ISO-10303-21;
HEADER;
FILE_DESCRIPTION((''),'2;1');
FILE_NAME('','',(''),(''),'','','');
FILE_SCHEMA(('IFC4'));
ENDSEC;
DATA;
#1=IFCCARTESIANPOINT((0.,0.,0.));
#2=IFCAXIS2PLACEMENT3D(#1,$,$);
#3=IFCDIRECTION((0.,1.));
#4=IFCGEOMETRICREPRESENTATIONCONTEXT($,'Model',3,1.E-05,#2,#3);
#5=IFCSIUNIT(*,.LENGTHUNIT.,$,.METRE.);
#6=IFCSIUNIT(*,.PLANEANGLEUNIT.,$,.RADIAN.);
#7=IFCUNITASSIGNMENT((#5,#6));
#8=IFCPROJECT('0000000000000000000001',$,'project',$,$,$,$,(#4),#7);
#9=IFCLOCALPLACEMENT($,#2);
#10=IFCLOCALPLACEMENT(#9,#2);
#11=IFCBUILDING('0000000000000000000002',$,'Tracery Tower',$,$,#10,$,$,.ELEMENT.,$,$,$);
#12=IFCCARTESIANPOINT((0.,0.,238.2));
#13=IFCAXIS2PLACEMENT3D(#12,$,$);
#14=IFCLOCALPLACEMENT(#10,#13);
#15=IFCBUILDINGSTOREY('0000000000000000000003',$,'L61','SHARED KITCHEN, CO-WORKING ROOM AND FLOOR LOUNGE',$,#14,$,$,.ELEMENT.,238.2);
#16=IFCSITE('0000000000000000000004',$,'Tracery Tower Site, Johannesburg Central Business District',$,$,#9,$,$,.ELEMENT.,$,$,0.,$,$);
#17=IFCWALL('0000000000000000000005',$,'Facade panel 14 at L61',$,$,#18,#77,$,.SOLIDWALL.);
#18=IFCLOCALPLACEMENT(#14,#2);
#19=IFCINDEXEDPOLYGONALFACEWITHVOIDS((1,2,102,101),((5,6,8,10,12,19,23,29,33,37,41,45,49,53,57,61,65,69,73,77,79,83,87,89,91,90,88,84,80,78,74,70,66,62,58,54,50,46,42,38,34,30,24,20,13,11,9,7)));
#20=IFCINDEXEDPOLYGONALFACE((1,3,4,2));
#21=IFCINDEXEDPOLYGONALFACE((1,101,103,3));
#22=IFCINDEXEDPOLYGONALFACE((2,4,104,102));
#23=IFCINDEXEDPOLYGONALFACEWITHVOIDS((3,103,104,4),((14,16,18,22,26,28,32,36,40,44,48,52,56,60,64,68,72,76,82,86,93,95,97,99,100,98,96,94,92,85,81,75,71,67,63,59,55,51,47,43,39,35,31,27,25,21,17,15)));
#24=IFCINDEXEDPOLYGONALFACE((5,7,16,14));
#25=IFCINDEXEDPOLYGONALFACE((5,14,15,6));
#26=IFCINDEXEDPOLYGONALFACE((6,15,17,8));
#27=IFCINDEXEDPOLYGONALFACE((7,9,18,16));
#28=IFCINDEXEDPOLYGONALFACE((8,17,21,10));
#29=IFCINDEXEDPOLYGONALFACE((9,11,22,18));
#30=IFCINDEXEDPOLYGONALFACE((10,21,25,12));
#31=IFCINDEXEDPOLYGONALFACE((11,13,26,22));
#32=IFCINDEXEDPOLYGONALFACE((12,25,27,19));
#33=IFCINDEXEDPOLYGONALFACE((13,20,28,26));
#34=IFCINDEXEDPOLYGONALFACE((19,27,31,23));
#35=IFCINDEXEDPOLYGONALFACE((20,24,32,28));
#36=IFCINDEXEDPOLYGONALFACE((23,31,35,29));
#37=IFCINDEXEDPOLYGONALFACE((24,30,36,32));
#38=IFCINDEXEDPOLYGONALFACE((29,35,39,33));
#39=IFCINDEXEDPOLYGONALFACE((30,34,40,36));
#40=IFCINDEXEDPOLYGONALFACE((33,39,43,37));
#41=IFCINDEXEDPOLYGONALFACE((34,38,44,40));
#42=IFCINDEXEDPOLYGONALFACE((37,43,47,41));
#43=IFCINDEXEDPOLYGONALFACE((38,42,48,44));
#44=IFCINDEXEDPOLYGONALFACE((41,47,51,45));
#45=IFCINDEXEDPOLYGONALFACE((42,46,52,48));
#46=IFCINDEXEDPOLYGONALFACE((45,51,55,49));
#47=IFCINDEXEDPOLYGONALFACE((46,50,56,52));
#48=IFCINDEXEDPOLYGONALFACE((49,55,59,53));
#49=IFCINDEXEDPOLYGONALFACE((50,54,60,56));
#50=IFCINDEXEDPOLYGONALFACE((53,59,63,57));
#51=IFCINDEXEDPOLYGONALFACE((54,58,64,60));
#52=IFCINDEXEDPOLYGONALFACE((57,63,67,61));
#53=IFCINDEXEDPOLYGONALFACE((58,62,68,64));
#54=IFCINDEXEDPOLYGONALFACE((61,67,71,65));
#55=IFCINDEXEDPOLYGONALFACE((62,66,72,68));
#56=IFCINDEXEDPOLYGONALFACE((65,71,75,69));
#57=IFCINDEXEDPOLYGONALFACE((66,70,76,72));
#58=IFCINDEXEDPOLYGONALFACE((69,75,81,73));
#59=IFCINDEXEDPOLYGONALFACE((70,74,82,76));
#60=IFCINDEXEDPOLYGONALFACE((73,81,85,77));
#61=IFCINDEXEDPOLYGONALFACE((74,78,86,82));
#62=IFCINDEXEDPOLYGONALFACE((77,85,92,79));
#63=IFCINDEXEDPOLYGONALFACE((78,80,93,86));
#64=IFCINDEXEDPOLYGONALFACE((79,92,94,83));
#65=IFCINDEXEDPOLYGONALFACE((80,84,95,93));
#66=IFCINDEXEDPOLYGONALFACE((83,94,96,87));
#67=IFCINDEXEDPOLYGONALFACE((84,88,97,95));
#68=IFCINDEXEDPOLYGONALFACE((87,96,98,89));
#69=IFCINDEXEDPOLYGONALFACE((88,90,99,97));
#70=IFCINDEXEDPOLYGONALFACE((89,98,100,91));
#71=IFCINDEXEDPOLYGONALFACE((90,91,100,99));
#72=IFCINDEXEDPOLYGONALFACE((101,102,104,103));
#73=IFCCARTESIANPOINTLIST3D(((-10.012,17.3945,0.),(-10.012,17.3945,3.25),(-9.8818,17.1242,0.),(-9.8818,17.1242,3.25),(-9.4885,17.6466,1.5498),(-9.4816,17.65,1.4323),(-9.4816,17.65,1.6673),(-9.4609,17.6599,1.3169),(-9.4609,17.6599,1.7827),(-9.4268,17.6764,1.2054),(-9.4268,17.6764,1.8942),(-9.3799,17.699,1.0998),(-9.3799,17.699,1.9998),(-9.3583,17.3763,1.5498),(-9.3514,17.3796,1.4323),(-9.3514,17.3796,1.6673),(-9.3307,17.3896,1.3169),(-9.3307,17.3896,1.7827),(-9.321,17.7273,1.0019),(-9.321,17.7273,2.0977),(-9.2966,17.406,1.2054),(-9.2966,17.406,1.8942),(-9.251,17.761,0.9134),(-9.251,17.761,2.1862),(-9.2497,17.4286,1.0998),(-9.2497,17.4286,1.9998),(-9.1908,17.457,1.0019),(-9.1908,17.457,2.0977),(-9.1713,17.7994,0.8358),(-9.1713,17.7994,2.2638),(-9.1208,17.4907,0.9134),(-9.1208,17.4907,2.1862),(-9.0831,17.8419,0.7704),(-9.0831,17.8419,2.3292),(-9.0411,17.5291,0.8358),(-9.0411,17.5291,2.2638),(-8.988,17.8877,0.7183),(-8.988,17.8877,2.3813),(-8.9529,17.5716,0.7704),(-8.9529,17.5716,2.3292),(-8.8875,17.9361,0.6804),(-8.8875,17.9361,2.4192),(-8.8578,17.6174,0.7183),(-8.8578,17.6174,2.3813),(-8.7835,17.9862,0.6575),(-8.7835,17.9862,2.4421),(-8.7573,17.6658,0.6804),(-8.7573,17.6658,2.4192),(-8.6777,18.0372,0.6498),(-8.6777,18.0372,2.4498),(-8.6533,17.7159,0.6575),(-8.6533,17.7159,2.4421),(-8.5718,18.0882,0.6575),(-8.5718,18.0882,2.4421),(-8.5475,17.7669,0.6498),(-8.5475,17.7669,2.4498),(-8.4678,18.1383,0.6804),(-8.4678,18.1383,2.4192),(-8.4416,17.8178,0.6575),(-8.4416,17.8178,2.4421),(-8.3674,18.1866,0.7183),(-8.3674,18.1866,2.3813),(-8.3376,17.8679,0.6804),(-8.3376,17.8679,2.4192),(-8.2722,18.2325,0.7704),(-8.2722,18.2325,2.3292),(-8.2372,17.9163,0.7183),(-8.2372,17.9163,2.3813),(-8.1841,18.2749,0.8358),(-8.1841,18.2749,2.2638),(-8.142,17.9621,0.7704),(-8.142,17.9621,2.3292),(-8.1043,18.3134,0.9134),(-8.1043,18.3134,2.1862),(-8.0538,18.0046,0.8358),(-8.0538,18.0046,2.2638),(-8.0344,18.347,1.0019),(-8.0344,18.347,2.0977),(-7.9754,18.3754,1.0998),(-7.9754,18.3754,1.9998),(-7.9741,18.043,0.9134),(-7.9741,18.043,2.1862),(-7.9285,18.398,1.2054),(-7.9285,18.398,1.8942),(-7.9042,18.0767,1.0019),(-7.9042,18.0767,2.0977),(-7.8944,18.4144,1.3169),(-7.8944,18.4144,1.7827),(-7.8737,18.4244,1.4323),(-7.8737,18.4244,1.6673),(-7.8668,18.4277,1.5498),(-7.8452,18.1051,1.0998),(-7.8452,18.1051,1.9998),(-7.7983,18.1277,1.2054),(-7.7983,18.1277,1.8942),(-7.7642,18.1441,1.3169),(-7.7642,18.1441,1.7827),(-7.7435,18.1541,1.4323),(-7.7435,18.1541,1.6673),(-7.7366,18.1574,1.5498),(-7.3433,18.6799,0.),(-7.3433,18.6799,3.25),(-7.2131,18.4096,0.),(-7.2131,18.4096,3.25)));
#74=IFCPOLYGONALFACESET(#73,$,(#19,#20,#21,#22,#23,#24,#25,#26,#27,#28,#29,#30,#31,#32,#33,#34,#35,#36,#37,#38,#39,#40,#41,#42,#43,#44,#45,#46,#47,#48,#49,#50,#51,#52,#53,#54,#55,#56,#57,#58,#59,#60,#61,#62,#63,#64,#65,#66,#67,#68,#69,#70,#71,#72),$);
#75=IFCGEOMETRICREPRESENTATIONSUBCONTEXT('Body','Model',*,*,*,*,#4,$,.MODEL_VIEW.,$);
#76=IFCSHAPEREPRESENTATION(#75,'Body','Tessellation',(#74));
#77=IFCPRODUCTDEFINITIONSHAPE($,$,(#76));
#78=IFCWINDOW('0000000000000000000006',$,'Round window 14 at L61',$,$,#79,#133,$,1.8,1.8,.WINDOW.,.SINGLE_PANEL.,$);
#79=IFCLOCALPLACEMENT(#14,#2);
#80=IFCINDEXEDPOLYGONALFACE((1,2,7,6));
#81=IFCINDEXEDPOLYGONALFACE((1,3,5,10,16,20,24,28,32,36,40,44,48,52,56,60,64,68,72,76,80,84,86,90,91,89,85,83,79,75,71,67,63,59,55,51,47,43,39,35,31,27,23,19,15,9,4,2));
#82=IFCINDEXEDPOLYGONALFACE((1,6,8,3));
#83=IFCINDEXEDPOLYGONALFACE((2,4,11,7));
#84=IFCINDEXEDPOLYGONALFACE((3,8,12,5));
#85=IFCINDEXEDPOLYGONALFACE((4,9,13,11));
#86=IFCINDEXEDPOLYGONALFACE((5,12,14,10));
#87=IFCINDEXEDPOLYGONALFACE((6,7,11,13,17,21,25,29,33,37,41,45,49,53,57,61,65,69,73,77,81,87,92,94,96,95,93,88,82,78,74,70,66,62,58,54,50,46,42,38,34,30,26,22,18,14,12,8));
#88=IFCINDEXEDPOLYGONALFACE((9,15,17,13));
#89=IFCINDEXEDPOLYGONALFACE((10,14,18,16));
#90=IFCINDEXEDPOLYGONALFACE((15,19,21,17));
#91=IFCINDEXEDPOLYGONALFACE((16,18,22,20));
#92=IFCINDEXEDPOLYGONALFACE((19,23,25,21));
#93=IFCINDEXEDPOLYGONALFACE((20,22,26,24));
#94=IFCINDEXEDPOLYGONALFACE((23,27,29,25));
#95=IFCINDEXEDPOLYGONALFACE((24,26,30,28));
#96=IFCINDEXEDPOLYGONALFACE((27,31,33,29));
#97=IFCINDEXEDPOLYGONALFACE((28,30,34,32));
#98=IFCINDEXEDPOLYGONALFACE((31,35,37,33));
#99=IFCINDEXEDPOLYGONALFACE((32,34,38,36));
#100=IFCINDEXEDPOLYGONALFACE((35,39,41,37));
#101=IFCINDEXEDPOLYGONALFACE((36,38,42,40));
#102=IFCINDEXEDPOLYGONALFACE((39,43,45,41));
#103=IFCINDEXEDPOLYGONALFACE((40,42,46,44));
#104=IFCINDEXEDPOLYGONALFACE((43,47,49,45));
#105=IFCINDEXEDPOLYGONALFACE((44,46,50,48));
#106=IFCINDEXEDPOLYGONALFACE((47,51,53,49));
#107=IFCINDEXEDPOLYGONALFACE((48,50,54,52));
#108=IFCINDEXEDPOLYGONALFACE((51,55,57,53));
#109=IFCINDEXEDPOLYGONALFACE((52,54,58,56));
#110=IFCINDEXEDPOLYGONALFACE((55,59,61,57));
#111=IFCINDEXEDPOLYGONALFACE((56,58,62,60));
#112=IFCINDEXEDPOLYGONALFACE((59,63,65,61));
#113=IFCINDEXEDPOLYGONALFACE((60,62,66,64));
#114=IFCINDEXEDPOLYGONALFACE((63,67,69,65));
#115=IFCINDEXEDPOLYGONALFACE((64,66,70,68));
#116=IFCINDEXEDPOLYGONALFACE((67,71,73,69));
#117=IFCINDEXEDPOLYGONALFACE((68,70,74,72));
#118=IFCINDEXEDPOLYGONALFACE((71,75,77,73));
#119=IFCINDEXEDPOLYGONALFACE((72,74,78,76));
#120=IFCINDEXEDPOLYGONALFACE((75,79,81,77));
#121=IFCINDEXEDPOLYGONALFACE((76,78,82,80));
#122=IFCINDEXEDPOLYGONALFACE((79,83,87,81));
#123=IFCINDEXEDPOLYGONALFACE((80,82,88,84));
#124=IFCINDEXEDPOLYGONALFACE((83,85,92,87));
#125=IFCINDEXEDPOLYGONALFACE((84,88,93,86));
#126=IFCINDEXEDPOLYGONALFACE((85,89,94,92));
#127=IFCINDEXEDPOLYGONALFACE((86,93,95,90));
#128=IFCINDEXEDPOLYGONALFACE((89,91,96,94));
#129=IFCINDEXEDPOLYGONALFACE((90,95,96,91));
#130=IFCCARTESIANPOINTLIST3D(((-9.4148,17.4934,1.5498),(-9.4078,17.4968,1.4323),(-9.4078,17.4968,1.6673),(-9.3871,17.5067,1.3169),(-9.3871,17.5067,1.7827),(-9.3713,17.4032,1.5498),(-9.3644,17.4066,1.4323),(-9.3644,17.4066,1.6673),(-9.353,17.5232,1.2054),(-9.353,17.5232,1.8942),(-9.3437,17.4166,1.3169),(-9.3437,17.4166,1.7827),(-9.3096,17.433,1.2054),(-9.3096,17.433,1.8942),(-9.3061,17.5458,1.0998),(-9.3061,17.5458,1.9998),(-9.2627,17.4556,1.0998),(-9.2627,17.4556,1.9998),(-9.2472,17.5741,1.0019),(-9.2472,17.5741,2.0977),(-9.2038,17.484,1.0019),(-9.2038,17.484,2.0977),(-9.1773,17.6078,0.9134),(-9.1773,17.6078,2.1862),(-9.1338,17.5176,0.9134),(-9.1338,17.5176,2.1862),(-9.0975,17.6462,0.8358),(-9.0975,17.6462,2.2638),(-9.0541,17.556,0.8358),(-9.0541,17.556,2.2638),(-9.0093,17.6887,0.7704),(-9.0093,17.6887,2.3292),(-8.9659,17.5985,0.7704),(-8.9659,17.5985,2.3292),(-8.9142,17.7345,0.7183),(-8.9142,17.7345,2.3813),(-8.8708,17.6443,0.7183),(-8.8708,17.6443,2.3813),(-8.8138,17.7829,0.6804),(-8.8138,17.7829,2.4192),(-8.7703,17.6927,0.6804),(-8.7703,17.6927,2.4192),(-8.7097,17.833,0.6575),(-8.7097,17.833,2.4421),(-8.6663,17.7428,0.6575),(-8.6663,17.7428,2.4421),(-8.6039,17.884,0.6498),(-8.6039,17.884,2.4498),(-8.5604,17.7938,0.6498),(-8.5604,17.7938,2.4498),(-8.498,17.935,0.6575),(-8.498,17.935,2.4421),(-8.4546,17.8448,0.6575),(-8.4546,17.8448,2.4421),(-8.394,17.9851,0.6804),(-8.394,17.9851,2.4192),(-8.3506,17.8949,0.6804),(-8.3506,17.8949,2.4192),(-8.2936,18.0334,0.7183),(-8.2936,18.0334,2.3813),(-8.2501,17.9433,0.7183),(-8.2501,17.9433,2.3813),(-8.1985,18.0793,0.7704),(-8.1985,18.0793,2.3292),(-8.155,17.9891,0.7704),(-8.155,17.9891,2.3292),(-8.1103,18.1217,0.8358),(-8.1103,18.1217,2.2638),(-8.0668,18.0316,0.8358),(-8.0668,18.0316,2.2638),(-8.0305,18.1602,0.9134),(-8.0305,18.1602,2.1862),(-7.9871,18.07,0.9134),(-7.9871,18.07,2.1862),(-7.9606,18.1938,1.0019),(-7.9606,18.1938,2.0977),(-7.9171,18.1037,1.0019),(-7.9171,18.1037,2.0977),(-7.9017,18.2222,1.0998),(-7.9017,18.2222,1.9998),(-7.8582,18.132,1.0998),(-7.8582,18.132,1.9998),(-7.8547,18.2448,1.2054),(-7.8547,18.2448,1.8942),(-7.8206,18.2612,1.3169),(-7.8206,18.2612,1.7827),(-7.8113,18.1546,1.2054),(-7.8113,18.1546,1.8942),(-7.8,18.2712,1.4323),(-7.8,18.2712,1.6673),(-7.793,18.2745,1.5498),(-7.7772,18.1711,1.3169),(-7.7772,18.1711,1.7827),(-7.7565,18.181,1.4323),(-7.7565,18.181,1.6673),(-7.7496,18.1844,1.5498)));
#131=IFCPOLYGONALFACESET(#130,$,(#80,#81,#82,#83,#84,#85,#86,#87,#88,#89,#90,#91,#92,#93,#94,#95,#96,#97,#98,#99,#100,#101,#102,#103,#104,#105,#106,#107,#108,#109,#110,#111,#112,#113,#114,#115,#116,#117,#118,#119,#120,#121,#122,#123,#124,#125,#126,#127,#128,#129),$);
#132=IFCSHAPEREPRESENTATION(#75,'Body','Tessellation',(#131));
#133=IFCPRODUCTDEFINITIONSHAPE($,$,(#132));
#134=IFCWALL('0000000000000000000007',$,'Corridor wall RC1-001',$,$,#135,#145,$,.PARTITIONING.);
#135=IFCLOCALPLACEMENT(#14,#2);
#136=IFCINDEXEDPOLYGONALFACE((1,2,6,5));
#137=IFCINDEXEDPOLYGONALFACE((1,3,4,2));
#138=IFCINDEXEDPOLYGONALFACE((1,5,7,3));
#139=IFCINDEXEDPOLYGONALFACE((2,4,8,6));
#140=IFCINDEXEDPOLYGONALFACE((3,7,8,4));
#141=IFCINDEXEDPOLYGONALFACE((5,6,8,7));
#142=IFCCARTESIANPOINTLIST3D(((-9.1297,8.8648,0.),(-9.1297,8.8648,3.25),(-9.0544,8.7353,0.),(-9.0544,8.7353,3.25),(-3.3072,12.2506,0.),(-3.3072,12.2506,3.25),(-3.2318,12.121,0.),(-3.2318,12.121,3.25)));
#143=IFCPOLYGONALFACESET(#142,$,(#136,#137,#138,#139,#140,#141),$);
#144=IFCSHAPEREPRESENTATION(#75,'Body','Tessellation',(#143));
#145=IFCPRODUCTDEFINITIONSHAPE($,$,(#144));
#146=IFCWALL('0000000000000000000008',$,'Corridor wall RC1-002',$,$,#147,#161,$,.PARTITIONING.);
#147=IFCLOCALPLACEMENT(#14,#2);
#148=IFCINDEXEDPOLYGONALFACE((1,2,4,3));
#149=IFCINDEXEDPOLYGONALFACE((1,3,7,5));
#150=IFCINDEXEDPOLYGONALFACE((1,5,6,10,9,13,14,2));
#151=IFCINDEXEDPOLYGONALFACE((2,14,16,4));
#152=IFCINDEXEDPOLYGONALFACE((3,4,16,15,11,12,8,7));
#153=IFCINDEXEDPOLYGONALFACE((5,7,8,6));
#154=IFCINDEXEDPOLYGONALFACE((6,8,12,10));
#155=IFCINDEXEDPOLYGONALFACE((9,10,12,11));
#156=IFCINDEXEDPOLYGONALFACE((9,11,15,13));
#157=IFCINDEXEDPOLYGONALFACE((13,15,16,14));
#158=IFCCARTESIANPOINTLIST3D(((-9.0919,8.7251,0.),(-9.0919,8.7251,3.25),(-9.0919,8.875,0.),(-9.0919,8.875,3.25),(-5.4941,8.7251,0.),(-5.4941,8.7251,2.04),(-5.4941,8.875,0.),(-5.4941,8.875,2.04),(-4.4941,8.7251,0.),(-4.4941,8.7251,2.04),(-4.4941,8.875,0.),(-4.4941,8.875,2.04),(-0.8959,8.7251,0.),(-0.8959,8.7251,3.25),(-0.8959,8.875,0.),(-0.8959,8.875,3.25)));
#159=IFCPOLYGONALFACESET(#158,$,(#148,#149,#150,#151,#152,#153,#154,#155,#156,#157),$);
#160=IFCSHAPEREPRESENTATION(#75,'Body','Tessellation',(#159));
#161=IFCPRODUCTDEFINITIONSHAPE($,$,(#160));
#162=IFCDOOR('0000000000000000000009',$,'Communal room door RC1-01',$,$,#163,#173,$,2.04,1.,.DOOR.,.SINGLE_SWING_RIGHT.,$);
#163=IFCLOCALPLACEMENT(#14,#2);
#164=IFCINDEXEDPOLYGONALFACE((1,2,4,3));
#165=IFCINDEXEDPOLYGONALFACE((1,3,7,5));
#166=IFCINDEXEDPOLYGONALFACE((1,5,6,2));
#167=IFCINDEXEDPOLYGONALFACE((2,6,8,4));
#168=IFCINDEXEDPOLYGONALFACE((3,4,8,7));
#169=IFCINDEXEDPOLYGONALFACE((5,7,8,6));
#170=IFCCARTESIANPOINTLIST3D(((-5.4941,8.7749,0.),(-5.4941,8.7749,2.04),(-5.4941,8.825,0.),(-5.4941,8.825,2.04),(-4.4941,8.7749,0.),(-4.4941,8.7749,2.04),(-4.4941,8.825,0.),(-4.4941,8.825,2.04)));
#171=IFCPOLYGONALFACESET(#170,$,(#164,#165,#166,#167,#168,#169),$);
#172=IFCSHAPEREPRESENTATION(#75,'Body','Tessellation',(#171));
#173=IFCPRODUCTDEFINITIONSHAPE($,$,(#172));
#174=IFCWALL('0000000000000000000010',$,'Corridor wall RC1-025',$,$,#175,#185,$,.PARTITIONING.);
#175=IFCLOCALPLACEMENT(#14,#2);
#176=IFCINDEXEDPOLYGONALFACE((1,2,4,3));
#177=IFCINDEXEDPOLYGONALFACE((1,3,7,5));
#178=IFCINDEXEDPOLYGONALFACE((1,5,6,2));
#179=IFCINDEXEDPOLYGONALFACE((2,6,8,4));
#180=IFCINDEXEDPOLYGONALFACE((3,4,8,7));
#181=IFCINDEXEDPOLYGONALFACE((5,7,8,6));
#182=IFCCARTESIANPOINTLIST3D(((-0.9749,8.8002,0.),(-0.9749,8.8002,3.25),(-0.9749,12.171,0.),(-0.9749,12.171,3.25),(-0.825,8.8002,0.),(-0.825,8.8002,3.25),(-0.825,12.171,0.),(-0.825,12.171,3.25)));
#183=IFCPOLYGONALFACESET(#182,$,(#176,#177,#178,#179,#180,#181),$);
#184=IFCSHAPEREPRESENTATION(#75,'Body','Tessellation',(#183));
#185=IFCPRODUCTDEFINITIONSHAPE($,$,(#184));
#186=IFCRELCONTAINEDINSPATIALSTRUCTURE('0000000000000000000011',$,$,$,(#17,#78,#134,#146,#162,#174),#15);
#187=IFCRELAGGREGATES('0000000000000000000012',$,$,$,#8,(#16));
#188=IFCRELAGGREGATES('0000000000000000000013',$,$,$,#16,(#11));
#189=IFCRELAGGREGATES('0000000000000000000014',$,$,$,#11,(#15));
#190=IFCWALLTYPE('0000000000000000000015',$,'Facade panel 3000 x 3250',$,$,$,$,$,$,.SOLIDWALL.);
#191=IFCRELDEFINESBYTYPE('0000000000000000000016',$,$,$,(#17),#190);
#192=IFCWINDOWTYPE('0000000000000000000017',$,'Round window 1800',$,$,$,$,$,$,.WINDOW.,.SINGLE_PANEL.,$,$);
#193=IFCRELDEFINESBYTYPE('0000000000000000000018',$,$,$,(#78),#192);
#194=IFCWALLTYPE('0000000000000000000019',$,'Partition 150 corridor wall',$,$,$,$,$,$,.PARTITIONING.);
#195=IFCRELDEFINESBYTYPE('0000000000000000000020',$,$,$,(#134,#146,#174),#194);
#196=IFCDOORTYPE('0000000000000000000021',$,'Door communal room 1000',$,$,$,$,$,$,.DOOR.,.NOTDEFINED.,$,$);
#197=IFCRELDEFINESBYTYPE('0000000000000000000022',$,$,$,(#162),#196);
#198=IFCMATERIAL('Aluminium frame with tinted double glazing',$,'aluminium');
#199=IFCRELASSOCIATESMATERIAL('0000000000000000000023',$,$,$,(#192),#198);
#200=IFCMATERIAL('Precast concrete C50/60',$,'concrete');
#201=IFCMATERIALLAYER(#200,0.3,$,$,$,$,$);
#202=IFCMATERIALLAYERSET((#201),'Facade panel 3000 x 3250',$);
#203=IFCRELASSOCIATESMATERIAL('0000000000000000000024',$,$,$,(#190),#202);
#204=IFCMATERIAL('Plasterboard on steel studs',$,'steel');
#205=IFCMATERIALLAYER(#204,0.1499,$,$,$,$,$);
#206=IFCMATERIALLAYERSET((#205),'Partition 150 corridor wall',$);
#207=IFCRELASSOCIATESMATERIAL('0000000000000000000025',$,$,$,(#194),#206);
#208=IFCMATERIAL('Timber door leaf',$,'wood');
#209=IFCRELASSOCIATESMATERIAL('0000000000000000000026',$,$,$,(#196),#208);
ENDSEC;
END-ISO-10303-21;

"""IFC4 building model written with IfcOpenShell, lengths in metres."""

from ifc_helpers import new_model, si_unit, direction, frame, frame_2d, origin, origin_2d, place, context, subcontext, project, spatial, rectangle, circle, extrude, material, layer, layer_set, type_object, element, fill, save


model = new_model("IFC4")

# Units and contexts
model_context = context("Model", 3, precision=1e-05, world=origin(), true_north=direction((0.0, 1.0)))
body_context = subcontext(model_context, "Body", "Model", "MODEL_VIEW")
ifc_project = project(units=[si_unit("LENGTHUNIT", "METRE"), si_unit("PLANEANGLEUNIT", "RADIAN")], contexts=[model_context])

# Site, building, storey
site_placement = place(None, origin())
site = spatial("IfcSite", under=ifc_project, at=site_placement, Name="Tracery Tower Site, Johannesburg Central Business District", CompositionType="ELEMENT", RefElevation=0.0)
building_placement = place(site_placement, origin())
building = spatial("IfcBuilding", under=site, at=building_placement, Name="Tracery Tower", CompositionType="ELEMENT")
storey_placement = place(building_placement, frame((0.0, 0.0, 238.2)))
storey = spatial("IfcBuildingStorey", under=building, at=storey_placement, Name="L61", Description="SHARED KITCHEN, CO-WORKING ROOM AND FLOOR LOUNGE", CompositionType="ELEMENT", Elevation=238.2)

# Wall, opening, window
ifc_material_1 = material(Name="Aluminium frame with tinted double glazing", Category="aluminium")
window_type = type_object("IfcWindowType", Name="Round window 1800", PartitioningType="SINGLE_PANEL", PredefinedType="WINDOW", material=ifc_material_1)
ifc_material_2 = material(Name="Precast concrete C50/60", Category="concrete")
ifc_layer_1 = layer(ifc_material_2, 0.3)
ifc_layer_set_1 = layer_set([ifc_layer_1], Name="Facade panel 3000 x 3250")
wall_type_1 = type_object("IfcWallType", Name="Facade panel 3000 x 3250", PredefinedType="SOLIDWALL", material=ifc_layer_set_1)
wall_1_placement = place(storey_placement, frame((-7.2783, 18.5447, 0.0), z_axis=(0.0, 0.0, 1.0), x_axis=(-0.90094, -0.433944, 0.0)))
wall_1 = element("IfcWall", 1, at=wall_1_placement, inside=storey, type_object=wall_type_1, Name="Facade panel 14 at L61", PredefinedType="SOLIDWALL", context=body_context, shape_type="SweptSolid", body=[
    extrude(rectangle(XDim=2.9622, YDim=0.3, at=frame_2d((1.481, 0.0))), origin(), (0.0, 0.0, 1.0), 3.25),
])
opening_1_placement = place(wall_1_placement, frame((1.481, 0.0, 1.5498)))
opening_1 = element("IfcOpeningElement", 2, at=opening_1_placement, cuts=wall_1, PredefinedType="OPENING", context=body_context, shape_type="SweptSolid", body=[
    extrude(circle(Radius=0.9, at=origin_2d()), frame((0.0, 0.1599, 0.0), z_axis=(0.0, -1.0, 0.0), x_axis=(1.0, 0.0, 0.0)), (0.0, 0.0, 1.0), 0.3201),
])
window_1_placement = place(opening_1_placement, origin())
window_1 = element("IfcWindow", 3, at=window_1_placement, inside=storey, type_object=window_type, Name="Round window 14 at L61", OverallHeight=1.8, OverallWidth=1.8, PartitioningType="SINGLE_PANEL", PredefinedType="WINDOW", context=body_context, shape_type="SweptSolid", body=[
    extrude(circle(Radius=0.9, at=origin_2d()), frame((0.0, 0.1201, 0.0), z_axis=(0.0, -1.0, 0.0), x_axis=(1.0, 0.0, 0.0)), (0.0, 0.0, 1.0), 0.1001),
])
fill(opening_1, window_1)

# Wall
ifc_material_3 = material(Name="Plasterboard on steel studs", Category="steel")
ifc_layer_2 = layer(ifc_material_3, 0.1499)
ifc_layer_set_2 = layer_set([ifc_layer_2], Name="Partition 150 corridor wall")
wall_type_2 = type_object("IfcWallType", Name="Partition 150 corridor wall", PredefinedType="PARTITIONING", material=ifc_layer_set_2)
wall_2_placement = place(storey_placement, frame((-9.092, 8.8, 0.0), z_axis=(0.0, 0.0, 1.0), x_axis=(0.864471, 0.502683, 0.0)))
element("IfcWall", 4, at=wall_2_placement, inside=storey, type_object=wall_type_2, Name="Corridor wall RC1-001", PredefinedType="PARTITIONING", context=body_context, shape_type="SweptSolid", body=[
    extrude(rectangle(XDim=6.7354, YDim=0.1499, at=frame_2d((3.3677, 0.0))), origin(), (0.0, 0.0, 1.0), 3.25),
])

# Wall, opening, door
wall_3_placement = place(storey_placement, frame((-9.092, 8.8, 0.0), z_axis=(0.0, 0.0, 1.0), x_axis=(1.0, 0.0, 0.0)))
wall_3 = element("IfcWall", 5, at=wall_3_placement, inside=storey, type_object=wall_type_2, Name="Corridor wall RC1-002", PredefinedType="PARTITIONING", context=body_context, shape_type="SweptSolid", body=[
    extrude(rectangle(XDim=8.196, YDim=0.1499, at=frame_2d((4.0981, 0.0))), origin(), (0.0, 0.0, 1.0), 3.25),
])
opening_2_placement = place(wall_3_placement, frame((3.5979, 0.0, 0.0)))
opening_2 = element("IfcOpeningElement", 6, at=opening_2_placement, cuts=wall_3, PredefinedType="OPENING", context=body_context, shape_type="SweptSolid", body=[
    extrude(rectangle(XDim=1.0, YDim=2.04, at=frame_2d((0.5, 1.02))), frame((0.0, 0.075, 0.0), z_axis=(0.0, -1.0, 0.0), x_axis=(1.0, 0.0, 0.0)), (0.0, 0.0, 1.0), 0.1499),
])
ifc_material_4 = material(Name="Timber door leaf", Category="wood")
door_type_1 = type_object("IfcDoorType", Name="Door communal room 1000", OperationType="NOTDEFINED", PredefinedType="DOOR", material=ifc_material_4)
door_1_placement = place(opening_2_placement, origin())
door_1 = element("IfcDoor", 7, at=door_1_placement, inside=storey, type_object=door_type_1, Name="Communal room door RC1-01", OperationType="SINGLE_SWING_RIGHT", OverallHeight=2.04, OverallWidth=1.0, PredefinedType="DOOR", context=body_context, shape_type="SweptSolid", body=[
    extrude(rectangle(XDim=1.0, YDim=2.04, at=frame_2d((0.5, 1.02))), frame((0.0, 0.0249, 0.0), z_axis=(0.0, -1.0, 0.0), x_axis=(1.0, 0.0, 0.0)), (0.0, 0.0, 1.0), 0.05),
])
fill(opening_2, door_1)

# Wall
wall_4_placement = place(storey_placement, frame((-0.8999, 8.8, 0.0), z_axis=(0.0, 0.0, 1.0), x_axis=(0.0, 1.0, 0.0)))
element("IfcWall", 8, at=wall_4_placement, inside=storey, type_object=wall_type_2, Name="Corridor wall RC1-025", PredefinedType="PARTITIONING", context=body_context, shape_type="SweptSolid", body=[
    extrude(rectangle(XDim=3.3708, YDim=0.1499, at=frame_2d((1.6855, 0.0))), origin(), (0.0, 0.0, 1.0), 3.25),
])

save(model, "model.ifc")
